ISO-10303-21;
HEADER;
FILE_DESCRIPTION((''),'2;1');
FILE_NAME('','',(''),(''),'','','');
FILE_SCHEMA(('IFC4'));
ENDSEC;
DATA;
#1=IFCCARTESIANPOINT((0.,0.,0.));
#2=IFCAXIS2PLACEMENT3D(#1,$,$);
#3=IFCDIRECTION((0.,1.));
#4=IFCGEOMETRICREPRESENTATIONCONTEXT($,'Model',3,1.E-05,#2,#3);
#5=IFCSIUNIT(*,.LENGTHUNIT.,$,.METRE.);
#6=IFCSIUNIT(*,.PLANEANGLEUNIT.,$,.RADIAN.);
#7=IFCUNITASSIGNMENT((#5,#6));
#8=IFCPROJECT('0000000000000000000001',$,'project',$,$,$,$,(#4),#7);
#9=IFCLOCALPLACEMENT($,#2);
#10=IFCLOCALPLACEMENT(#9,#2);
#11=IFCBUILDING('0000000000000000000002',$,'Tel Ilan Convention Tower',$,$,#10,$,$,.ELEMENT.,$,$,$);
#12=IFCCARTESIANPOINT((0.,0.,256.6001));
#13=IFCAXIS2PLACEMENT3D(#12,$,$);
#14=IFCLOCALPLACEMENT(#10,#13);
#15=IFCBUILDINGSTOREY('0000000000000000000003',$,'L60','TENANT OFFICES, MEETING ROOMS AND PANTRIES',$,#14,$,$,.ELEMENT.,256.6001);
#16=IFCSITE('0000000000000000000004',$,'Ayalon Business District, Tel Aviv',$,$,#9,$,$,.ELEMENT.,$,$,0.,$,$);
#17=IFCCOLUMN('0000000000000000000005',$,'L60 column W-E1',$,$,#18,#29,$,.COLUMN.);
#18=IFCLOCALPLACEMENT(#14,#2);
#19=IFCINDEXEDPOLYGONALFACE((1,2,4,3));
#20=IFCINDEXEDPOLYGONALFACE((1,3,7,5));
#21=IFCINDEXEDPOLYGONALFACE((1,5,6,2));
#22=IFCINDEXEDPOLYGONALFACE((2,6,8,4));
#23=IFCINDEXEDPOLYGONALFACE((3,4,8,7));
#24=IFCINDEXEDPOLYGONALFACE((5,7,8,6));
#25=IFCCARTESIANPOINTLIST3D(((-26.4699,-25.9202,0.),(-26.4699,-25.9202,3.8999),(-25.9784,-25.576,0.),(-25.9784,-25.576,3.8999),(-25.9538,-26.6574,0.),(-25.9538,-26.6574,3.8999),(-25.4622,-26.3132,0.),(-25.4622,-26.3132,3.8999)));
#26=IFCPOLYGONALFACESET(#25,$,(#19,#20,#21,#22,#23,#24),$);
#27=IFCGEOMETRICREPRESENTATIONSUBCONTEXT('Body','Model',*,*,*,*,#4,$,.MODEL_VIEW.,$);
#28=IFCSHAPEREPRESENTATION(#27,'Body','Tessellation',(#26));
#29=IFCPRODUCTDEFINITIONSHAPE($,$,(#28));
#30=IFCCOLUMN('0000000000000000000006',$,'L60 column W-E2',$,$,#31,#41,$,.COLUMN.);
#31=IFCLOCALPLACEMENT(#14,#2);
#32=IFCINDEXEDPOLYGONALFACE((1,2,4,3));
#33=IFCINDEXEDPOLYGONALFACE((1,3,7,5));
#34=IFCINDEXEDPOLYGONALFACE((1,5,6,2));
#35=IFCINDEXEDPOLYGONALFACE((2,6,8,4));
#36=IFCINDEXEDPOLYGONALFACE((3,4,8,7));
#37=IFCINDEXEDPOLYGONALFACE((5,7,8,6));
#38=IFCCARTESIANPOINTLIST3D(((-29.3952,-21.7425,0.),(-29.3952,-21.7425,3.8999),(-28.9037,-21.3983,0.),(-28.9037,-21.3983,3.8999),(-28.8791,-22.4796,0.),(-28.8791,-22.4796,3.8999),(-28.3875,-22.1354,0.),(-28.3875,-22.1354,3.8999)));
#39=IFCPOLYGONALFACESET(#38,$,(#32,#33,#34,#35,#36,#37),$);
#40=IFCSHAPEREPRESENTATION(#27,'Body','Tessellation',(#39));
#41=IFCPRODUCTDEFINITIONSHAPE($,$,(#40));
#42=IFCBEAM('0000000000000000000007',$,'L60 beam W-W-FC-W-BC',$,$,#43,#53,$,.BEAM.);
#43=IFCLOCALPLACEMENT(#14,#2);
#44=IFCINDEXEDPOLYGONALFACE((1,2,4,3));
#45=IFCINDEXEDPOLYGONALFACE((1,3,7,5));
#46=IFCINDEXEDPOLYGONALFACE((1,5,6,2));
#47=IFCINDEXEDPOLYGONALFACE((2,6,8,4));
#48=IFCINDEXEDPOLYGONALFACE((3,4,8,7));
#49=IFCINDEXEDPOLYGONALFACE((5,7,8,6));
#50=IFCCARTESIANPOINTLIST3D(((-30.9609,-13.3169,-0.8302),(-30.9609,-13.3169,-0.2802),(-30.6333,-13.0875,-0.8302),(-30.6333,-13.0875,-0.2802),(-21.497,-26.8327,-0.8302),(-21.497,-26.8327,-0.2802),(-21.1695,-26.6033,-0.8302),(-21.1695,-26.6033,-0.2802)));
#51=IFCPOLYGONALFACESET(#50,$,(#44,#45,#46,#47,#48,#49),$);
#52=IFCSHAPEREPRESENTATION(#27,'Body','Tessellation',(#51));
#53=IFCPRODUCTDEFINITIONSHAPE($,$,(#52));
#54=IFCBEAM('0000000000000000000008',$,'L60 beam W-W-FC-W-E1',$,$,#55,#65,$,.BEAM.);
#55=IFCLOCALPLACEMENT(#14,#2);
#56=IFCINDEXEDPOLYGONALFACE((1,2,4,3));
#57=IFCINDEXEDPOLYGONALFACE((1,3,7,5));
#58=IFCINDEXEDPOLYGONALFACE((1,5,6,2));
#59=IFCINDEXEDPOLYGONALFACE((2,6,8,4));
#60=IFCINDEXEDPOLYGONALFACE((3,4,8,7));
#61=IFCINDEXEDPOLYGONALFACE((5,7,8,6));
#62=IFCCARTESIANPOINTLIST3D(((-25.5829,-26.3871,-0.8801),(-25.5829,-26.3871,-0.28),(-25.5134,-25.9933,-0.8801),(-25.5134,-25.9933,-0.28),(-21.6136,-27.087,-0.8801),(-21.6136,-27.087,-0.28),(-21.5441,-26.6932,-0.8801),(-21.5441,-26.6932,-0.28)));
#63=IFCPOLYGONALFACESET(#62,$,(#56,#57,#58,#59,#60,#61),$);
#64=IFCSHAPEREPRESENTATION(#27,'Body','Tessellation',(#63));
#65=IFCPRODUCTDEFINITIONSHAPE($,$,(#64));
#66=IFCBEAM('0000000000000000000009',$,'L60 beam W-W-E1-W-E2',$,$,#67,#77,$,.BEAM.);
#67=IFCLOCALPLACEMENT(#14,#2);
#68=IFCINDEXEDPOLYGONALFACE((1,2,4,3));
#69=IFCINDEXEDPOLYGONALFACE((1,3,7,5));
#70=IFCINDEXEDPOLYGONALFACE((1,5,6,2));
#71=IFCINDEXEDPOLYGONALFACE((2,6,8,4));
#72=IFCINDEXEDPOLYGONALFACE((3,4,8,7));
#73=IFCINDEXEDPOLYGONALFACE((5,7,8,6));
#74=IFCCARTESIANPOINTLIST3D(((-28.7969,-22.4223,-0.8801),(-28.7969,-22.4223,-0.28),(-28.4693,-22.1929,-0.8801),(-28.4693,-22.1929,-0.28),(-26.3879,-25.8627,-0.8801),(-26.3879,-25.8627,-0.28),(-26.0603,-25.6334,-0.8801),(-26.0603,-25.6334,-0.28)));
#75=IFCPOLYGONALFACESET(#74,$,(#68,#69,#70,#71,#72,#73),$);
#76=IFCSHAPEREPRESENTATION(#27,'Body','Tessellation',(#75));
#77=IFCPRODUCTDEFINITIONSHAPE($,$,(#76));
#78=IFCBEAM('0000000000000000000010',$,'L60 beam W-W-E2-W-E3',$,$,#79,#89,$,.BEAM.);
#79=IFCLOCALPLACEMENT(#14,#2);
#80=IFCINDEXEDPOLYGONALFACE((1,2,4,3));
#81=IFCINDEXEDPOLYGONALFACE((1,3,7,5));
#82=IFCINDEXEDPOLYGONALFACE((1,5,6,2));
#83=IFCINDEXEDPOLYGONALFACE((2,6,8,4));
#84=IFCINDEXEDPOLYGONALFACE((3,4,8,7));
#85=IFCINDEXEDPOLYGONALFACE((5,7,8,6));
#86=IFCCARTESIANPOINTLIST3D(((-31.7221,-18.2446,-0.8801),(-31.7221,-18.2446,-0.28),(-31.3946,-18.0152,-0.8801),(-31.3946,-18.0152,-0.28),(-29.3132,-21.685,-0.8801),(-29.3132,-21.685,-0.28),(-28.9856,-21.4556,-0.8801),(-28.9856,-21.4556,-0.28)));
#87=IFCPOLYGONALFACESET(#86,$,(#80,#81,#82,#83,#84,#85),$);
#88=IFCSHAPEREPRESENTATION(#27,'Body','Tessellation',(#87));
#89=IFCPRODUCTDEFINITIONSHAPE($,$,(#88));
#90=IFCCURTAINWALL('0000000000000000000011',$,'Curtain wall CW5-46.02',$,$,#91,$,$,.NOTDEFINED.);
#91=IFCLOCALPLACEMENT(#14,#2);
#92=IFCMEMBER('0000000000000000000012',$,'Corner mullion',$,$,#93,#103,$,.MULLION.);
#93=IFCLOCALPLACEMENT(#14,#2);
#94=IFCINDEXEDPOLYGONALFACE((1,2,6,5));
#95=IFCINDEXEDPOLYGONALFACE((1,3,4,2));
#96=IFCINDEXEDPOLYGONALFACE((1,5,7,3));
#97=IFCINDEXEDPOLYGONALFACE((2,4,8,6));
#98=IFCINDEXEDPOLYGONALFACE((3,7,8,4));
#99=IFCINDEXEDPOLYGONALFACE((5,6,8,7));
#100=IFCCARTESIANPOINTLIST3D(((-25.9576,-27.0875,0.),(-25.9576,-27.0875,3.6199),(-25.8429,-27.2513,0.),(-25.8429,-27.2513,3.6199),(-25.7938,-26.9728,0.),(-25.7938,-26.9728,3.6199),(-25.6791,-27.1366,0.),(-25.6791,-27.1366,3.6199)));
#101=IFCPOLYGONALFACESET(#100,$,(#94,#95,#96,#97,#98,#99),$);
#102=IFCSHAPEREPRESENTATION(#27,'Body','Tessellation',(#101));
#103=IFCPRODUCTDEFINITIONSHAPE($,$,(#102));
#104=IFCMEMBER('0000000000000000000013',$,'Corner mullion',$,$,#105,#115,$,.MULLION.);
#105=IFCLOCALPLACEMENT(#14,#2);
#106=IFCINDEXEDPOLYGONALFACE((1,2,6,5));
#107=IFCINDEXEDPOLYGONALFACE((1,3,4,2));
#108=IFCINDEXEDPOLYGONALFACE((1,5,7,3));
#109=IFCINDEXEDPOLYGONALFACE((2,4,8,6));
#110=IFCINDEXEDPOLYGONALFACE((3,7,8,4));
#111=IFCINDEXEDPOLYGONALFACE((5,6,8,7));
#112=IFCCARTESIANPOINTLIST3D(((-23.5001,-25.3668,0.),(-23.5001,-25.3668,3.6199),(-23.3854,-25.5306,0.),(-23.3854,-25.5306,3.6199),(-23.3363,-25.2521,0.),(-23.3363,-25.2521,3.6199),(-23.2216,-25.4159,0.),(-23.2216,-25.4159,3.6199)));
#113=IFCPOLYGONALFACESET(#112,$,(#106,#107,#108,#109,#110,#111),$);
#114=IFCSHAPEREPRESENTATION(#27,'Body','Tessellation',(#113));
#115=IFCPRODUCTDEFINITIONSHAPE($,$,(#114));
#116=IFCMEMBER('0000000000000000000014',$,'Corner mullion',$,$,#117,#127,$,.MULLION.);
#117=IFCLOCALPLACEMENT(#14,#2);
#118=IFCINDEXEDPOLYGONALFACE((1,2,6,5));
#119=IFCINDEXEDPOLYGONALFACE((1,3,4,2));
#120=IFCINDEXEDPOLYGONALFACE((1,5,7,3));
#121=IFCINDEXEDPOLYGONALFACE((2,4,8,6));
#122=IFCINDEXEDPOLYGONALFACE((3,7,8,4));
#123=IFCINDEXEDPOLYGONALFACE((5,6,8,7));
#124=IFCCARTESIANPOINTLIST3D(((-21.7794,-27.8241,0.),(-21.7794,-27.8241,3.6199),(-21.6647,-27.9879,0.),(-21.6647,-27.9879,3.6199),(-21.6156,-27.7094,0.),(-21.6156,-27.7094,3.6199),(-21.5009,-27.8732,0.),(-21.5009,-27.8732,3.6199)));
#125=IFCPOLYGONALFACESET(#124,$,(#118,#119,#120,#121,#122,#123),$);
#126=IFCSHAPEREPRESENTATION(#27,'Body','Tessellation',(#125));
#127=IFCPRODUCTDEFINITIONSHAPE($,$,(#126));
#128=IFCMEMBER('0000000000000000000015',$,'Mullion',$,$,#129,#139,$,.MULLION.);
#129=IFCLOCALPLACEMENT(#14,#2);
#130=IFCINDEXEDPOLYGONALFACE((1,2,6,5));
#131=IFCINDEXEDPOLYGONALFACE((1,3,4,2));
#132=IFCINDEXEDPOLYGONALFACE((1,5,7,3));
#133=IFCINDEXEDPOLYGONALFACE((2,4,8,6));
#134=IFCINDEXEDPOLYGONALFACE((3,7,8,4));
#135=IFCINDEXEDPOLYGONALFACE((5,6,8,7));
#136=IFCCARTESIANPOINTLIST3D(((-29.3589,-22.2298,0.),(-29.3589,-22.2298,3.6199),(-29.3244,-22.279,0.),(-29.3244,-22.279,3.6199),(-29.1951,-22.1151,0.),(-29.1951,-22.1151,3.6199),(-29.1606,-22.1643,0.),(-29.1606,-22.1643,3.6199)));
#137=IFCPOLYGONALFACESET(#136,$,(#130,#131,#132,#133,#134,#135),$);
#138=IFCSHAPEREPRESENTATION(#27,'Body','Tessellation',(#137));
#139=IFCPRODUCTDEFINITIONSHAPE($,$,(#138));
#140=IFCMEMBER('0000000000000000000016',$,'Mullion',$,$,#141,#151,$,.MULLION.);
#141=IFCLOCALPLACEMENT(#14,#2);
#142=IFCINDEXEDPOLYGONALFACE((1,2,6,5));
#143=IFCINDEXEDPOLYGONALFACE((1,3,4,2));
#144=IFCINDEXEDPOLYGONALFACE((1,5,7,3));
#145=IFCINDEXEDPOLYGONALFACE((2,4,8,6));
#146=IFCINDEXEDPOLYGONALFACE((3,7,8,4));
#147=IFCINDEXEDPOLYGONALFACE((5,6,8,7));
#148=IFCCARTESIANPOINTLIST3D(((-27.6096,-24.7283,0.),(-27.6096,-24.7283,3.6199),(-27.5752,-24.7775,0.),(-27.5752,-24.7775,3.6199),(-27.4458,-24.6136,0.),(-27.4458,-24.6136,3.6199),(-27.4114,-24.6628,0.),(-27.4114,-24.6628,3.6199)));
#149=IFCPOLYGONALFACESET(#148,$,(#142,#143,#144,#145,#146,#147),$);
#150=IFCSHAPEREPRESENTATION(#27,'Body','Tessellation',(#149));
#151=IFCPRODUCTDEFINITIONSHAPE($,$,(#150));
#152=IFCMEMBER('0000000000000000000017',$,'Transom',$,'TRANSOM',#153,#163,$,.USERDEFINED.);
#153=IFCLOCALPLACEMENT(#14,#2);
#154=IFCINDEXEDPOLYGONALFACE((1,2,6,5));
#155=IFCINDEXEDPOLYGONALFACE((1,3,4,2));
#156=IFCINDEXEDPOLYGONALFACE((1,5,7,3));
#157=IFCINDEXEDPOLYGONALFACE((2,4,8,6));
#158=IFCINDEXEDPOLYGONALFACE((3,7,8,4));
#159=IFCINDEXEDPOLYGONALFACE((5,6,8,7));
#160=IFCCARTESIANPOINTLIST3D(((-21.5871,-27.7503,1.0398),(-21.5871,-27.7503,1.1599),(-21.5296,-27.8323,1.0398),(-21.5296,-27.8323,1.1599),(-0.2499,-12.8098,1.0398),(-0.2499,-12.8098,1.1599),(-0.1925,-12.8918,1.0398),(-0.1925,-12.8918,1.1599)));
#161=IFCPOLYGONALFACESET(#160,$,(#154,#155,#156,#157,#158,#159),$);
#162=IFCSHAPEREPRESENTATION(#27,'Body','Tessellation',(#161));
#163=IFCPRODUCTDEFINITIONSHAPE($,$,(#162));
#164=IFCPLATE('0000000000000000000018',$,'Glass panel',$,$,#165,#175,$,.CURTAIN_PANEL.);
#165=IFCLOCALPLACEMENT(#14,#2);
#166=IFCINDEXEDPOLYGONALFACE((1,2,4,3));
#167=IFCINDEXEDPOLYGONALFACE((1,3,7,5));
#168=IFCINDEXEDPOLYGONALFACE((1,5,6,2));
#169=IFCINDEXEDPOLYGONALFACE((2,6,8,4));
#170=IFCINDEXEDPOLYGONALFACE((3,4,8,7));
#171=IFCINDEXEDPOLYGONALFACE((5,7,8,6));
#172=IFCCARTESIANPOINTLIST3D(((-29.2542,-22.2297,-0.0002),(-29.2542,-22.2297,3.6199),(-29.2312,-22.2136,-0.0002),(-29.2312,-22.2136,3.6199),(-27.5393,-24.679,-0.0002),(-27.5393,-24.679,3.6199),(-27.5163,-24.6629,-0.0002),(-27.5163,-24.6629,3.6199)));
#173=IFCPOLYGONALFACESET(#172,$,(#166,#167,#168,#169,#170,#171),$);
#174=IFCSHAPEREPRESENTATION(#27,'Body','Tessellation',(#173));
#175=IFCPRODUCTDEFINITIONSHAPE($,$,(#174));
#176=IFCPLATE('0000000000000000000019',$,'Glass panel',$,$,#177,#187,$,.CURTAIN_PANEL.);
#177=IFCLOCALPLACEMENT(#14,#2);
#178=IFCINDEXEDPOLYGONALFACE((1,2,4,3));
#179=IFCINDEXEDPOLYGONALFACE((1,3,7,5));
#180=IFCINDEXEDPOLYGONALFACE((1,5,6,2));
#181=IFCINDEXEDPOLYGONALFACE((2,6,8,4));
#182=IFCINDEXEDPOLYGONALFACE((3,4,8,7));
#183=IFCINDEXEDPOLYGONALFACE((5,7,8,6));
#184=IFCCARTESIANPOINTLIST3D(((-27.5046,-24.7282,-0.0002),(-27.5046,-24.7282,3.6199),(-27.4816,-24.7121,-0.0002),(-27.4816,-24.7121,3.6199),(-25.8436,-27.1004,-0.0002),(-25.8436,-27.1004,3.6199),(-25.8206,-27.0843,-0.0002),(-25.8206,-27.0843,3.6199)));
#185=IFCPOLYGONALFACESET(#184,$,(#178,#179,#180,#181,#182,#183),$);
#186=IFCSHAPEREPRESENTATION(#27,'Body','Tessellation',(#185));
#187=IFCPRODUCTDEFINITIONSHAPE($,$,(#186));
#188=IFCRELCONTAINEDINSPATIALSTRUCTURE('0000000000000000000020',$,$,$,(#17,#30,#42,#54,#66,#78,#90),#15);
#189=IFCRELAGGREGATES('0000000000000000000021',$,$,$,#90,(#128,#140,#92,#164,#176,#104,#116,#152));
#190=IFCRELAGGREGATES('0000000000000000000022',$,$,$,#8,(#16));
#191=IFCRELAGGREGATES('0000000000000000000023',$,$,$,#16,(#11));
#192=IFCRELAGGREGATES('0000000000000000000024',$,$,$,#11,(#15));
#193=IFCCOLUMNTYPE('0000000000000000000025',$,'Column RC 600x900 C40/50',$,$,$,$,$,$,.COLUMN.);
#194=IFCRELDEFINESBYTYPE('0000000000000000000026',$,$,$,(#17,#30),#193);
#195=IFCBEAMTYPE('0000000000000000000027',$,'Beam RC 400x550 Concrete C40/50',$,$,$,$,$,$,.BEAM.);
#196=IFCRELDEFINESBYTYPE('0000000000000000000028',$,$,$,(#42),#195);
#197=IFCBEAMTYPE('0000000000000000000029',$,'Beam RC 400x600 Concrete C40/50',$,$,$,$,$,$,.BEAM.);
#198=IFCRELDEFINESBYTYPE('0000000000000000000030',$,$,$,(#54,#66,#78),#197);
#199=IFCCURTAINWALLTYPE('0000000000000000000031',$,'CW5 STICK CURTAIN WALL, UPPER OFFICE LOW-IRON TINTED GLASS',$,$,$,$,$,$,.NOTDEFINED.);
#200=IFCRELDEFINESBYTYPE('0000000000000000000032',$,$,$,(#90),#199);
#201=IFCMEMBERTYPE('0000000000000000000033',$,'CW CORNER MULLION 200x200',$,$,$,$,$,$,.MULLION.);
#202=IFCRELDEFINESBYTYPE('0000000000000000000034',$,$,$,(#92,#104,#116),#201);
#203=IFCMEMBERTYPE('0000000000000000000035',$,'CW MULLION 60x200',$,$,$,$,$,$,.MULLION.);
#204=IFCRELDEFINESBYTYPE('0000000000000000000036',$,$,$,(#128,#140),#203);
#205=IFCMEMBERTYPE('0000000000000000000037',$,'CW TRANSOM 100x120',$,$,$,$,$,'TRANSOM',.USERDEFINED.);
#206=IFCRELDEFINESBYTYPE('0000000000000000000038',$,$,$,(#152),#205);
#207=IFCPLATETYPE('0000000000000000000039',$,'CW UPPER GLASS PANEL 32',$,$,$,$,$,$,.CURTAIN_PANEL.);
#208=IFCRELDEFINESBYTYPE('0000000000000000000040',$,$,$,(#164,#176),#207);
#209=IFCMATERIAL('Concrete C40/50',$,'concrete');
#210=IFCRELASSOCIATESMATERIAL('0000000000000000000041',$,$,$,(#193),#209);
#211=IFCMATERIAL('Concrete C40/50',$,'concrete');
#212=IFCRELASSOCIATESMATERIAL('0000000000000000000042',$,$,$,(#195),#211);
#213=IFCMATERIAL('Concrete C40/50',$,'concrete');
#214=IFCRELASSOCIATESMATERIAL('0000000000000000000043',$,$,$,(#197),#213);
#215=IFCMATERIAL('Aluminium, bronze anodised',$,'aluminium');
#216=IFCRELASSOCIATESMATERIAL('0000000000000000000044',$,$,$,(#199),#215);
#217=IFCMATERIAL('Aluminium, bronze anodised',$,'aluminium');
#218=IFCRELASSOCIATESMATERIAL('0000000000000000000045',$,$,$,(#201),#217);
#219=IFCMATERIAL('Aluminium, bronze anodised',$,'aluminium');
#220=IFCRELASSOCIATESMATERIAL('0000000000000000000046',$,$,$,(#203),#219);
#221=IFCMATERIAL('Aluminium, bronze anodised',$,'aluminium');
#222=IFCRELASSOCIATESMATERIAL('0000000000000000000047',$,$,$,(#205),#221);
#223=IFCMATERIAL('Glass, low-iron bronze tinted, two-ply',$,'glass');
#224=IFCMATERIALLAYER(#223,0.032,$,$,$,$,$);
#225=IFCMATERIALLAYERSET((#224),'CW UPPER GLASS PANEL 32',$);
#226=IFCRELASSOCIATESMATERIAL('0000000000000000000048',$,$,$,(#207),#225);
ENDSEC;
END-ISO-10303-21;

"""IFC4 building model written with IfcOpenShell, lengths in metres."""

from ifc_helpers import new_model, si_unit, direction, frame, origin, origin_2d, place, context, subcontext, project, spatial, rectangle, extrude, material, layer, layer_set, material_profile, profile_set, type_object, element, aggregate, save


model = new_model("IFC4")

# Units and contexts
model_context = context("Model", 3, precision=1e-05, world=origin(), true_north=direction((0.0, 1.0)))
body_context = subcontext(model_context, "Body", "Model", "MODEL_VIEW")
ifc_project = project(units=[si_unit("LENGTHUNIT", "METRE"), si_unit("PLANEANGLEUNIT", "RADIAN")], contexts=[model_context])

# Site, building, storey
site_placement = place(None, origin())
site = spatial("IfcSite", under=ifc_project, at=site_placement, Name="Ayalon Business District, Tel Aviv", CompositionType="ELEMENT", RefElevation=0.0)
building_placement = place(site_placement, origin())
building = spatial("IfcBuilding", under=site, at=building_placement, Name="Tel Ilan Convention Tower", CompositionType="ELEMENT")
storey_placement = place(building_placement, frame((0.0, 0.0, 256.6001)))
storey = spatial("IfcBuildingStorey", under=building, at=storey_placement, Name="L60", Description="TENANT OFFICES, MEETING ROOMS AND PANTRIES", CompositionType="ELEMENT", Elevation=256.6001)

# Columns
ifc_material_1 = material(Name="Concrete C40/50", Category="concrete")
ifc_material_profile_1 = material_profile(ifc_material_1, rectangle(XDim=0.8999, YDim=0.6001, at=origin_2d()), Name="RC 600x900")
ifc_profile_set_1 = profile_set([ifc_material_profile_1], Name="Concrete C40/50")
column_type = type_object("IfcColumnType", Name="Column RC 600x900 C40/50", PredefinedType="COLUMN", material=ifc_profile_set_1)
for number, where, z_axis, x_axis, name in (
    (1, (-25.9661, -26.1167, 0.0), (0.0, 0.0, 1.0), (-0.573576, 0.819152, 0.0), "L60 column W-E1"),
    (2, (-28.8914, -21.939, 0.0), (0.0, 0.0, 1.0), (-0.573576, 0.819152, 0.0), "L60 column W-E2"),
):
    element("IfcColumn", number, at=place(storey_placement, frame(where, z_axis=z_axis, x_axis=x_axis)), inside=storey, type_object=column_type, Name=name, PredefinedType="COLUMN", context=body_context, shape_type="SweptSolid", body=[
        extrude(rectangle(XDim=0.8999, YDim=0.6001, at=origin_2d()), origin(), (0.0, 0.0, 1.0), 3.8999),
    ])

# Beams
ifc_material_2 = material(Name="Concrete C40/50", Category="concrete")
ifc_material_profile_2 = material_profile(ifc_material_2, rectangle(XDim=0.3999, YDim=0.55, at=origin_2d()), Name="RC 400x550")
ifc_profile_set_2 = profile_set([ifc_material_profile_2], Name="Concrete C40/50")
beam_type_1 = type_object("IfcBeamType", Name="Beam RC 400x550 Concrete C40/50", PredefinedType="BEAM", material=ifc_profile_set_2)
beam_1_placement = place(storey_placement, frame((-21.3333, -26.718, -0.5552), z_axis=(-0.573575, 0.819153, 0.0), x_axis=(-0.819153, -0.573575, 0.0)))
element("IfcBeam", 3, at=beam_1_placement, inside=storey, type_object=beam_type_1, Name="L60 beam W-W-FC-W-BC", PredefinedType="BEAM", context=body_context, shape_type="SweptSolid", body=[
    extrude(rectangle(XDim=0.3999, YDim=0.55, at=origin_2d()), origin(), (0.0, 0.0, 1.0), 16.4998),
])
ifc_material_3 = material(Name="Concrete C40/50", Category="concrete")
ifc_material_profile_3 = material_profile(ifc_material_3, rectangle(XDim=0.3999, YDim=0.6001, at=origin_2d()), Name="RC 400x600")
ifc_profile_set_3 = profile_set([ifc_material_profile_3], Name="Concrete C40/50")
beam_type_2 = type_object("IfcBeamType", Name="Beam RC 400x600 Concrete C40/50", PredefinedType="BEAM", material=ifc_profile_set_3)
beam_2_placement = place(storey_placement, frame((-21.5789, -26.8901, -0.5801), z_axis=(-0.984805, 0.173664, 0.0), x_axis=(-0.173664, -0.984805, 0.0)))
element("IfcBeam", 4, at=beam_2_placement, inside=storey, type_object=beam_type_2, Name="L60 beam W-W-FC-W-E1", PredefinedType="BEAM", context=body_context, shape_type="SweptSolid", body=[
    extrude(rectangle(XDim=0.3999, YDim=0.6001, at=origin_2d()), origin(), (0.0, 0.0, 1.0), 4.0305),
])
for number, where, z_axis, x_axis, name in (
    (5, (-26.2241, -25.748, -0.5801), (-0.573564, 0.819161, 0.0), (-0.819161, -0.573564, 0.0), "L60 beam W-W-E1-W-E2"),
    (6, (-29.1494, -21.5703, -0.5801), (-0.573564, 0.819161, 0.0), (-0.819161, -0.573564, 0.0), "L60 beam W-W-E2-W-E3"),
):
    element("IfcBeam", number, at=place(storey_placement, frame(where, z_axis=z_axis, x_axis=x_axis)), inside=storey, type_object=beam_type_2, Name=name, PredefinedType="BEAM", context=body_context, shape_type="SweptSolid", body=[
        extrude(rectangle(XDim=0.3999, YDim=0.6001, at=origin_2d()), origin(), (0.0, 0.0, 1.0), 4.2),
    ])

# Curtain wall, members, plates
ifc_material_4 = material(Name="Aluminium, bronze anodised", Category="aluminium")
curtain_wall_type = type_object("IfcCurtainWallType", Name="CW5 STICK CURTAIN WALL, UPPER OFFICE LOW-IRON TINTED GLASS", PredefinedType="NOTDEFINED", material=ifc_material_4)
curtain_wall_placement = place(storey_placement, origin())
curtain_wall = element("IfcCurtainWall", 7, at=curtain_wall_placement, inside=storey, type_object=curtain_wall_type, Name="Curtain wall CW5-46.02", PredefinedType="NOTDEFINED")
ifc_material_5 = material(Name="Aluminium, bronze anodised", Category="aluminium")
ifc_material_profile_4 = material_profile(ifc_material_5, rectangle(XDim=0.2, YDim=0.2, at=origin_2d()), Name="CW CORNER MULLION 200x200")
ifc_profile_set_4 = profile_set([ifc_material_profile_4], Name="Aluminium, bronze anodised")
member_type_1 = type_object("IfcMemberType", Name="CW CORNER MULLION 200x200", PredefinedType="MULLION", material=ifc_profile_set_4)
member_1_placement = place(storey_placement, frame((-25.8184, -27.1121, 0.0), z_axis=(0.0, 0.0, 1.0), x_axis=(0.573576, -0.819152, 0.0)))
member_1 = element("IfcMember", 8, at=member_1_placement, type_object=member_type_1, Name="Corner mullion", PredefinedType="MULLION", context=body_context, shape_type="SweptSolid", body=[
    extrude(rectangle(XDim=0.2, YDim=0.2, at=origin_2d()), origin(), (0.0, 0.0, 1.0), 3.6199),
])
member_2_placement = place(storey_placement, frame((-23.3608, -25.3914, 0.0), z_axis=(0.0, 0.0, 1.0), x_axis=(0.819152, 0.573576, 0.0)))
member_2 = element("IfcMember", 9, at=member_2_placement, type_object=member_type_1, Name="Corner mullion", PredefinedType="MULLION", context=body_context, shape_type="SweptSolid", body=[
    extrude(rectangle(XDim=0.2, YDim=0.2, at=origin_2d()), origin(), (0.0, 0.0, 1.0), 3.6199),
])
member_3_placement = place(storey_placement, frame((-21.6401, -27.8486, 0.0), z_axis=(0.0, 0.0, 1.0), x_axis=(0.573576, -0.819152, 0.0)))
member_3 = element("IfcMember", 10, at=member_3_placement, type_object=member_type_1, Name="Corner mullion", PredefinedType="MULLION", context=body_context, shape_type="SweptSolid", body=[
    extrude(rectangle(XDim=0.2, YDim=0.2, at=origin_2d()), origin(), (0.0, 0.0, 1.0), 3.6199),
])
ifc_material_6 = material(Name="Aluminium, bronze anodised", Category="aluminium")
ifc_material_profile_5 = material_profile(ifc_material_6, rectangle(XDim=0.0601, YDim=0.2, at=origin_2d()), Name="CW MULLION 60x200")
ifc_profile_set_5 = profile_set([ifc_material_profile_5], Name="Aluminium, bronze anodised")
member_type_2 = type_object("IfcMemberType", Name="CW MULLION 60x200", PredefinedType="MULLION", material=ifc_profile_set_5)
member_4_placement = place(storey_placement, frame((-29.2598, -22.197, 0.0), z_axis=(0.0, 0.0, 1.0), x_axis=(0.573576, -0.819152, 0.0)))
member_4 = element("IfcMember", 11, at=member_4_placement, type_object=member_type_2, Name="Mullion", PredefinedType="MULLION", context=body_context, shape_type="SweptSolid", body=[
    extrude(rectangle(XDim=0.0601, YDim=0.2, at=origin_2d()), origin(), (0.0, 0.0, 1.0), 3.6199),
])
member_5_placement = place(storey_placement, frame((-27.5105, -24.6956, 0.0), z_axis=(0.0, 0.0, 1.0), x_axis=(0.573576, -0.819152, 0.0)))
member_5 = element("IfcMember", 12, at=member_5_placement, type_object=member_type_2, Name="Mullion", PredefinedType="MULLION", context=body_context, shape_type="SweptSolid", body=[
    extrude(rectangle(XDim=0.0601, YDim=0.2, at=origin_2d()), origin(), (0.0, 0.0, 1.0), 3.6199),
])
ifc_material_7 = material(Name="Aluminium, bronze anodised", Category="aluminium")
ifc_material_profile_6 = material_profile(ifc_material_7, rectangle(XDim=0.1001, YDim=0.1201, at=origin_2d()), Name="CW TRANSOM 100x120")
ifc_profile_set_6 = profile_set([ifc_material_profile_6], Name="Aluminium, bronze anodised")
member_type_3 = type_object("IfcMemberType", Name="CW TRANSOM 100x120", ElementType="TRANSOM", PredefinedType="USERDEFINED", material=ifc_profile_set_6)
member_6_placement = place(storey_placement, frame((-21.5583, -27.7913, 1.0999), z_axis=(0.819152, 0.573576, 0.0), x_axis=(-0.573576, 0.819152, 0.0)))
member_6 = element("IfcMember", 13, at=member_6_placement, type_object=member_type_3, Name="Transom", ObjectType="TRANSOM", PredefinedType="USERDEFINED", context=body_context, shape_type="SweptSolid", body=[
    extrude(rectangle(XDim=0.1001, YDim=0.1201, at=origin_2d()), origin(), (0.0, 0.0, 1.0), 26.0479),
])
ifc_material_8 = material(Name="Glass, low-iron bronze tinted, two-ply", Category="glass")
ifc_layer_1 = layer(ifc_material_8, 0.032)
ifc_layer_set_1 = layer_set([ifc_layer_1], Name="CW UPPER GLASS PANEL 32")
plate_type = type_object("IfcPlateType", Name="CW UPPER GLASS PANEL 32", PredefinedType="CURTAIN_PANEL", material=ifc_layer_set_1)
plate_1_placement = place(storey_placement, frame((-28.3853, -23.4463, -0.0002), z_axis=(0.0, 0.0, 1.0), x_axis=(0.573576, -0.819152, 0.0)))
plate_1 = element("IfcPlate", 14, at=plate_1_placement, type_object=plate_type, Name="Glass panel", PredefinedType="CURTAIN_PANEL", context=body_context, shape_type="SweptSolid", body=[
    extrude(rectangle(XDim=2.99, YDim=0.0281, at=origin_2d()), origin(), (0.0, 0.0, 1.0), 3.6201),
])
plate_2_placement = place(storey_placement, frame((-26.6626, -25.9062, -0.0002), z_axis=(0.0, 0.0, 1.0), x_axis=(0.573576, -0.819152, 0.0)))
plate_2 = element("IfcPlate", 15, at=plate_2_placement, type_object=plate_type, Name="Glass panel", PredefinedType="CURTAIN_PANEL", context=body_context, shape_type="SweptSolid", body=[
    extrude(rectangle(XDim=2.896, YDim=0.0281, at=origin_2d()), origin(), (0.0, 0.0, 1.0), 3.6201),
])
aggregate(curtain_wall, [member_4, member_5, member_1, plate_1, plate_2, member_2, member_3, member_6])

save(model, "model.ifc")
